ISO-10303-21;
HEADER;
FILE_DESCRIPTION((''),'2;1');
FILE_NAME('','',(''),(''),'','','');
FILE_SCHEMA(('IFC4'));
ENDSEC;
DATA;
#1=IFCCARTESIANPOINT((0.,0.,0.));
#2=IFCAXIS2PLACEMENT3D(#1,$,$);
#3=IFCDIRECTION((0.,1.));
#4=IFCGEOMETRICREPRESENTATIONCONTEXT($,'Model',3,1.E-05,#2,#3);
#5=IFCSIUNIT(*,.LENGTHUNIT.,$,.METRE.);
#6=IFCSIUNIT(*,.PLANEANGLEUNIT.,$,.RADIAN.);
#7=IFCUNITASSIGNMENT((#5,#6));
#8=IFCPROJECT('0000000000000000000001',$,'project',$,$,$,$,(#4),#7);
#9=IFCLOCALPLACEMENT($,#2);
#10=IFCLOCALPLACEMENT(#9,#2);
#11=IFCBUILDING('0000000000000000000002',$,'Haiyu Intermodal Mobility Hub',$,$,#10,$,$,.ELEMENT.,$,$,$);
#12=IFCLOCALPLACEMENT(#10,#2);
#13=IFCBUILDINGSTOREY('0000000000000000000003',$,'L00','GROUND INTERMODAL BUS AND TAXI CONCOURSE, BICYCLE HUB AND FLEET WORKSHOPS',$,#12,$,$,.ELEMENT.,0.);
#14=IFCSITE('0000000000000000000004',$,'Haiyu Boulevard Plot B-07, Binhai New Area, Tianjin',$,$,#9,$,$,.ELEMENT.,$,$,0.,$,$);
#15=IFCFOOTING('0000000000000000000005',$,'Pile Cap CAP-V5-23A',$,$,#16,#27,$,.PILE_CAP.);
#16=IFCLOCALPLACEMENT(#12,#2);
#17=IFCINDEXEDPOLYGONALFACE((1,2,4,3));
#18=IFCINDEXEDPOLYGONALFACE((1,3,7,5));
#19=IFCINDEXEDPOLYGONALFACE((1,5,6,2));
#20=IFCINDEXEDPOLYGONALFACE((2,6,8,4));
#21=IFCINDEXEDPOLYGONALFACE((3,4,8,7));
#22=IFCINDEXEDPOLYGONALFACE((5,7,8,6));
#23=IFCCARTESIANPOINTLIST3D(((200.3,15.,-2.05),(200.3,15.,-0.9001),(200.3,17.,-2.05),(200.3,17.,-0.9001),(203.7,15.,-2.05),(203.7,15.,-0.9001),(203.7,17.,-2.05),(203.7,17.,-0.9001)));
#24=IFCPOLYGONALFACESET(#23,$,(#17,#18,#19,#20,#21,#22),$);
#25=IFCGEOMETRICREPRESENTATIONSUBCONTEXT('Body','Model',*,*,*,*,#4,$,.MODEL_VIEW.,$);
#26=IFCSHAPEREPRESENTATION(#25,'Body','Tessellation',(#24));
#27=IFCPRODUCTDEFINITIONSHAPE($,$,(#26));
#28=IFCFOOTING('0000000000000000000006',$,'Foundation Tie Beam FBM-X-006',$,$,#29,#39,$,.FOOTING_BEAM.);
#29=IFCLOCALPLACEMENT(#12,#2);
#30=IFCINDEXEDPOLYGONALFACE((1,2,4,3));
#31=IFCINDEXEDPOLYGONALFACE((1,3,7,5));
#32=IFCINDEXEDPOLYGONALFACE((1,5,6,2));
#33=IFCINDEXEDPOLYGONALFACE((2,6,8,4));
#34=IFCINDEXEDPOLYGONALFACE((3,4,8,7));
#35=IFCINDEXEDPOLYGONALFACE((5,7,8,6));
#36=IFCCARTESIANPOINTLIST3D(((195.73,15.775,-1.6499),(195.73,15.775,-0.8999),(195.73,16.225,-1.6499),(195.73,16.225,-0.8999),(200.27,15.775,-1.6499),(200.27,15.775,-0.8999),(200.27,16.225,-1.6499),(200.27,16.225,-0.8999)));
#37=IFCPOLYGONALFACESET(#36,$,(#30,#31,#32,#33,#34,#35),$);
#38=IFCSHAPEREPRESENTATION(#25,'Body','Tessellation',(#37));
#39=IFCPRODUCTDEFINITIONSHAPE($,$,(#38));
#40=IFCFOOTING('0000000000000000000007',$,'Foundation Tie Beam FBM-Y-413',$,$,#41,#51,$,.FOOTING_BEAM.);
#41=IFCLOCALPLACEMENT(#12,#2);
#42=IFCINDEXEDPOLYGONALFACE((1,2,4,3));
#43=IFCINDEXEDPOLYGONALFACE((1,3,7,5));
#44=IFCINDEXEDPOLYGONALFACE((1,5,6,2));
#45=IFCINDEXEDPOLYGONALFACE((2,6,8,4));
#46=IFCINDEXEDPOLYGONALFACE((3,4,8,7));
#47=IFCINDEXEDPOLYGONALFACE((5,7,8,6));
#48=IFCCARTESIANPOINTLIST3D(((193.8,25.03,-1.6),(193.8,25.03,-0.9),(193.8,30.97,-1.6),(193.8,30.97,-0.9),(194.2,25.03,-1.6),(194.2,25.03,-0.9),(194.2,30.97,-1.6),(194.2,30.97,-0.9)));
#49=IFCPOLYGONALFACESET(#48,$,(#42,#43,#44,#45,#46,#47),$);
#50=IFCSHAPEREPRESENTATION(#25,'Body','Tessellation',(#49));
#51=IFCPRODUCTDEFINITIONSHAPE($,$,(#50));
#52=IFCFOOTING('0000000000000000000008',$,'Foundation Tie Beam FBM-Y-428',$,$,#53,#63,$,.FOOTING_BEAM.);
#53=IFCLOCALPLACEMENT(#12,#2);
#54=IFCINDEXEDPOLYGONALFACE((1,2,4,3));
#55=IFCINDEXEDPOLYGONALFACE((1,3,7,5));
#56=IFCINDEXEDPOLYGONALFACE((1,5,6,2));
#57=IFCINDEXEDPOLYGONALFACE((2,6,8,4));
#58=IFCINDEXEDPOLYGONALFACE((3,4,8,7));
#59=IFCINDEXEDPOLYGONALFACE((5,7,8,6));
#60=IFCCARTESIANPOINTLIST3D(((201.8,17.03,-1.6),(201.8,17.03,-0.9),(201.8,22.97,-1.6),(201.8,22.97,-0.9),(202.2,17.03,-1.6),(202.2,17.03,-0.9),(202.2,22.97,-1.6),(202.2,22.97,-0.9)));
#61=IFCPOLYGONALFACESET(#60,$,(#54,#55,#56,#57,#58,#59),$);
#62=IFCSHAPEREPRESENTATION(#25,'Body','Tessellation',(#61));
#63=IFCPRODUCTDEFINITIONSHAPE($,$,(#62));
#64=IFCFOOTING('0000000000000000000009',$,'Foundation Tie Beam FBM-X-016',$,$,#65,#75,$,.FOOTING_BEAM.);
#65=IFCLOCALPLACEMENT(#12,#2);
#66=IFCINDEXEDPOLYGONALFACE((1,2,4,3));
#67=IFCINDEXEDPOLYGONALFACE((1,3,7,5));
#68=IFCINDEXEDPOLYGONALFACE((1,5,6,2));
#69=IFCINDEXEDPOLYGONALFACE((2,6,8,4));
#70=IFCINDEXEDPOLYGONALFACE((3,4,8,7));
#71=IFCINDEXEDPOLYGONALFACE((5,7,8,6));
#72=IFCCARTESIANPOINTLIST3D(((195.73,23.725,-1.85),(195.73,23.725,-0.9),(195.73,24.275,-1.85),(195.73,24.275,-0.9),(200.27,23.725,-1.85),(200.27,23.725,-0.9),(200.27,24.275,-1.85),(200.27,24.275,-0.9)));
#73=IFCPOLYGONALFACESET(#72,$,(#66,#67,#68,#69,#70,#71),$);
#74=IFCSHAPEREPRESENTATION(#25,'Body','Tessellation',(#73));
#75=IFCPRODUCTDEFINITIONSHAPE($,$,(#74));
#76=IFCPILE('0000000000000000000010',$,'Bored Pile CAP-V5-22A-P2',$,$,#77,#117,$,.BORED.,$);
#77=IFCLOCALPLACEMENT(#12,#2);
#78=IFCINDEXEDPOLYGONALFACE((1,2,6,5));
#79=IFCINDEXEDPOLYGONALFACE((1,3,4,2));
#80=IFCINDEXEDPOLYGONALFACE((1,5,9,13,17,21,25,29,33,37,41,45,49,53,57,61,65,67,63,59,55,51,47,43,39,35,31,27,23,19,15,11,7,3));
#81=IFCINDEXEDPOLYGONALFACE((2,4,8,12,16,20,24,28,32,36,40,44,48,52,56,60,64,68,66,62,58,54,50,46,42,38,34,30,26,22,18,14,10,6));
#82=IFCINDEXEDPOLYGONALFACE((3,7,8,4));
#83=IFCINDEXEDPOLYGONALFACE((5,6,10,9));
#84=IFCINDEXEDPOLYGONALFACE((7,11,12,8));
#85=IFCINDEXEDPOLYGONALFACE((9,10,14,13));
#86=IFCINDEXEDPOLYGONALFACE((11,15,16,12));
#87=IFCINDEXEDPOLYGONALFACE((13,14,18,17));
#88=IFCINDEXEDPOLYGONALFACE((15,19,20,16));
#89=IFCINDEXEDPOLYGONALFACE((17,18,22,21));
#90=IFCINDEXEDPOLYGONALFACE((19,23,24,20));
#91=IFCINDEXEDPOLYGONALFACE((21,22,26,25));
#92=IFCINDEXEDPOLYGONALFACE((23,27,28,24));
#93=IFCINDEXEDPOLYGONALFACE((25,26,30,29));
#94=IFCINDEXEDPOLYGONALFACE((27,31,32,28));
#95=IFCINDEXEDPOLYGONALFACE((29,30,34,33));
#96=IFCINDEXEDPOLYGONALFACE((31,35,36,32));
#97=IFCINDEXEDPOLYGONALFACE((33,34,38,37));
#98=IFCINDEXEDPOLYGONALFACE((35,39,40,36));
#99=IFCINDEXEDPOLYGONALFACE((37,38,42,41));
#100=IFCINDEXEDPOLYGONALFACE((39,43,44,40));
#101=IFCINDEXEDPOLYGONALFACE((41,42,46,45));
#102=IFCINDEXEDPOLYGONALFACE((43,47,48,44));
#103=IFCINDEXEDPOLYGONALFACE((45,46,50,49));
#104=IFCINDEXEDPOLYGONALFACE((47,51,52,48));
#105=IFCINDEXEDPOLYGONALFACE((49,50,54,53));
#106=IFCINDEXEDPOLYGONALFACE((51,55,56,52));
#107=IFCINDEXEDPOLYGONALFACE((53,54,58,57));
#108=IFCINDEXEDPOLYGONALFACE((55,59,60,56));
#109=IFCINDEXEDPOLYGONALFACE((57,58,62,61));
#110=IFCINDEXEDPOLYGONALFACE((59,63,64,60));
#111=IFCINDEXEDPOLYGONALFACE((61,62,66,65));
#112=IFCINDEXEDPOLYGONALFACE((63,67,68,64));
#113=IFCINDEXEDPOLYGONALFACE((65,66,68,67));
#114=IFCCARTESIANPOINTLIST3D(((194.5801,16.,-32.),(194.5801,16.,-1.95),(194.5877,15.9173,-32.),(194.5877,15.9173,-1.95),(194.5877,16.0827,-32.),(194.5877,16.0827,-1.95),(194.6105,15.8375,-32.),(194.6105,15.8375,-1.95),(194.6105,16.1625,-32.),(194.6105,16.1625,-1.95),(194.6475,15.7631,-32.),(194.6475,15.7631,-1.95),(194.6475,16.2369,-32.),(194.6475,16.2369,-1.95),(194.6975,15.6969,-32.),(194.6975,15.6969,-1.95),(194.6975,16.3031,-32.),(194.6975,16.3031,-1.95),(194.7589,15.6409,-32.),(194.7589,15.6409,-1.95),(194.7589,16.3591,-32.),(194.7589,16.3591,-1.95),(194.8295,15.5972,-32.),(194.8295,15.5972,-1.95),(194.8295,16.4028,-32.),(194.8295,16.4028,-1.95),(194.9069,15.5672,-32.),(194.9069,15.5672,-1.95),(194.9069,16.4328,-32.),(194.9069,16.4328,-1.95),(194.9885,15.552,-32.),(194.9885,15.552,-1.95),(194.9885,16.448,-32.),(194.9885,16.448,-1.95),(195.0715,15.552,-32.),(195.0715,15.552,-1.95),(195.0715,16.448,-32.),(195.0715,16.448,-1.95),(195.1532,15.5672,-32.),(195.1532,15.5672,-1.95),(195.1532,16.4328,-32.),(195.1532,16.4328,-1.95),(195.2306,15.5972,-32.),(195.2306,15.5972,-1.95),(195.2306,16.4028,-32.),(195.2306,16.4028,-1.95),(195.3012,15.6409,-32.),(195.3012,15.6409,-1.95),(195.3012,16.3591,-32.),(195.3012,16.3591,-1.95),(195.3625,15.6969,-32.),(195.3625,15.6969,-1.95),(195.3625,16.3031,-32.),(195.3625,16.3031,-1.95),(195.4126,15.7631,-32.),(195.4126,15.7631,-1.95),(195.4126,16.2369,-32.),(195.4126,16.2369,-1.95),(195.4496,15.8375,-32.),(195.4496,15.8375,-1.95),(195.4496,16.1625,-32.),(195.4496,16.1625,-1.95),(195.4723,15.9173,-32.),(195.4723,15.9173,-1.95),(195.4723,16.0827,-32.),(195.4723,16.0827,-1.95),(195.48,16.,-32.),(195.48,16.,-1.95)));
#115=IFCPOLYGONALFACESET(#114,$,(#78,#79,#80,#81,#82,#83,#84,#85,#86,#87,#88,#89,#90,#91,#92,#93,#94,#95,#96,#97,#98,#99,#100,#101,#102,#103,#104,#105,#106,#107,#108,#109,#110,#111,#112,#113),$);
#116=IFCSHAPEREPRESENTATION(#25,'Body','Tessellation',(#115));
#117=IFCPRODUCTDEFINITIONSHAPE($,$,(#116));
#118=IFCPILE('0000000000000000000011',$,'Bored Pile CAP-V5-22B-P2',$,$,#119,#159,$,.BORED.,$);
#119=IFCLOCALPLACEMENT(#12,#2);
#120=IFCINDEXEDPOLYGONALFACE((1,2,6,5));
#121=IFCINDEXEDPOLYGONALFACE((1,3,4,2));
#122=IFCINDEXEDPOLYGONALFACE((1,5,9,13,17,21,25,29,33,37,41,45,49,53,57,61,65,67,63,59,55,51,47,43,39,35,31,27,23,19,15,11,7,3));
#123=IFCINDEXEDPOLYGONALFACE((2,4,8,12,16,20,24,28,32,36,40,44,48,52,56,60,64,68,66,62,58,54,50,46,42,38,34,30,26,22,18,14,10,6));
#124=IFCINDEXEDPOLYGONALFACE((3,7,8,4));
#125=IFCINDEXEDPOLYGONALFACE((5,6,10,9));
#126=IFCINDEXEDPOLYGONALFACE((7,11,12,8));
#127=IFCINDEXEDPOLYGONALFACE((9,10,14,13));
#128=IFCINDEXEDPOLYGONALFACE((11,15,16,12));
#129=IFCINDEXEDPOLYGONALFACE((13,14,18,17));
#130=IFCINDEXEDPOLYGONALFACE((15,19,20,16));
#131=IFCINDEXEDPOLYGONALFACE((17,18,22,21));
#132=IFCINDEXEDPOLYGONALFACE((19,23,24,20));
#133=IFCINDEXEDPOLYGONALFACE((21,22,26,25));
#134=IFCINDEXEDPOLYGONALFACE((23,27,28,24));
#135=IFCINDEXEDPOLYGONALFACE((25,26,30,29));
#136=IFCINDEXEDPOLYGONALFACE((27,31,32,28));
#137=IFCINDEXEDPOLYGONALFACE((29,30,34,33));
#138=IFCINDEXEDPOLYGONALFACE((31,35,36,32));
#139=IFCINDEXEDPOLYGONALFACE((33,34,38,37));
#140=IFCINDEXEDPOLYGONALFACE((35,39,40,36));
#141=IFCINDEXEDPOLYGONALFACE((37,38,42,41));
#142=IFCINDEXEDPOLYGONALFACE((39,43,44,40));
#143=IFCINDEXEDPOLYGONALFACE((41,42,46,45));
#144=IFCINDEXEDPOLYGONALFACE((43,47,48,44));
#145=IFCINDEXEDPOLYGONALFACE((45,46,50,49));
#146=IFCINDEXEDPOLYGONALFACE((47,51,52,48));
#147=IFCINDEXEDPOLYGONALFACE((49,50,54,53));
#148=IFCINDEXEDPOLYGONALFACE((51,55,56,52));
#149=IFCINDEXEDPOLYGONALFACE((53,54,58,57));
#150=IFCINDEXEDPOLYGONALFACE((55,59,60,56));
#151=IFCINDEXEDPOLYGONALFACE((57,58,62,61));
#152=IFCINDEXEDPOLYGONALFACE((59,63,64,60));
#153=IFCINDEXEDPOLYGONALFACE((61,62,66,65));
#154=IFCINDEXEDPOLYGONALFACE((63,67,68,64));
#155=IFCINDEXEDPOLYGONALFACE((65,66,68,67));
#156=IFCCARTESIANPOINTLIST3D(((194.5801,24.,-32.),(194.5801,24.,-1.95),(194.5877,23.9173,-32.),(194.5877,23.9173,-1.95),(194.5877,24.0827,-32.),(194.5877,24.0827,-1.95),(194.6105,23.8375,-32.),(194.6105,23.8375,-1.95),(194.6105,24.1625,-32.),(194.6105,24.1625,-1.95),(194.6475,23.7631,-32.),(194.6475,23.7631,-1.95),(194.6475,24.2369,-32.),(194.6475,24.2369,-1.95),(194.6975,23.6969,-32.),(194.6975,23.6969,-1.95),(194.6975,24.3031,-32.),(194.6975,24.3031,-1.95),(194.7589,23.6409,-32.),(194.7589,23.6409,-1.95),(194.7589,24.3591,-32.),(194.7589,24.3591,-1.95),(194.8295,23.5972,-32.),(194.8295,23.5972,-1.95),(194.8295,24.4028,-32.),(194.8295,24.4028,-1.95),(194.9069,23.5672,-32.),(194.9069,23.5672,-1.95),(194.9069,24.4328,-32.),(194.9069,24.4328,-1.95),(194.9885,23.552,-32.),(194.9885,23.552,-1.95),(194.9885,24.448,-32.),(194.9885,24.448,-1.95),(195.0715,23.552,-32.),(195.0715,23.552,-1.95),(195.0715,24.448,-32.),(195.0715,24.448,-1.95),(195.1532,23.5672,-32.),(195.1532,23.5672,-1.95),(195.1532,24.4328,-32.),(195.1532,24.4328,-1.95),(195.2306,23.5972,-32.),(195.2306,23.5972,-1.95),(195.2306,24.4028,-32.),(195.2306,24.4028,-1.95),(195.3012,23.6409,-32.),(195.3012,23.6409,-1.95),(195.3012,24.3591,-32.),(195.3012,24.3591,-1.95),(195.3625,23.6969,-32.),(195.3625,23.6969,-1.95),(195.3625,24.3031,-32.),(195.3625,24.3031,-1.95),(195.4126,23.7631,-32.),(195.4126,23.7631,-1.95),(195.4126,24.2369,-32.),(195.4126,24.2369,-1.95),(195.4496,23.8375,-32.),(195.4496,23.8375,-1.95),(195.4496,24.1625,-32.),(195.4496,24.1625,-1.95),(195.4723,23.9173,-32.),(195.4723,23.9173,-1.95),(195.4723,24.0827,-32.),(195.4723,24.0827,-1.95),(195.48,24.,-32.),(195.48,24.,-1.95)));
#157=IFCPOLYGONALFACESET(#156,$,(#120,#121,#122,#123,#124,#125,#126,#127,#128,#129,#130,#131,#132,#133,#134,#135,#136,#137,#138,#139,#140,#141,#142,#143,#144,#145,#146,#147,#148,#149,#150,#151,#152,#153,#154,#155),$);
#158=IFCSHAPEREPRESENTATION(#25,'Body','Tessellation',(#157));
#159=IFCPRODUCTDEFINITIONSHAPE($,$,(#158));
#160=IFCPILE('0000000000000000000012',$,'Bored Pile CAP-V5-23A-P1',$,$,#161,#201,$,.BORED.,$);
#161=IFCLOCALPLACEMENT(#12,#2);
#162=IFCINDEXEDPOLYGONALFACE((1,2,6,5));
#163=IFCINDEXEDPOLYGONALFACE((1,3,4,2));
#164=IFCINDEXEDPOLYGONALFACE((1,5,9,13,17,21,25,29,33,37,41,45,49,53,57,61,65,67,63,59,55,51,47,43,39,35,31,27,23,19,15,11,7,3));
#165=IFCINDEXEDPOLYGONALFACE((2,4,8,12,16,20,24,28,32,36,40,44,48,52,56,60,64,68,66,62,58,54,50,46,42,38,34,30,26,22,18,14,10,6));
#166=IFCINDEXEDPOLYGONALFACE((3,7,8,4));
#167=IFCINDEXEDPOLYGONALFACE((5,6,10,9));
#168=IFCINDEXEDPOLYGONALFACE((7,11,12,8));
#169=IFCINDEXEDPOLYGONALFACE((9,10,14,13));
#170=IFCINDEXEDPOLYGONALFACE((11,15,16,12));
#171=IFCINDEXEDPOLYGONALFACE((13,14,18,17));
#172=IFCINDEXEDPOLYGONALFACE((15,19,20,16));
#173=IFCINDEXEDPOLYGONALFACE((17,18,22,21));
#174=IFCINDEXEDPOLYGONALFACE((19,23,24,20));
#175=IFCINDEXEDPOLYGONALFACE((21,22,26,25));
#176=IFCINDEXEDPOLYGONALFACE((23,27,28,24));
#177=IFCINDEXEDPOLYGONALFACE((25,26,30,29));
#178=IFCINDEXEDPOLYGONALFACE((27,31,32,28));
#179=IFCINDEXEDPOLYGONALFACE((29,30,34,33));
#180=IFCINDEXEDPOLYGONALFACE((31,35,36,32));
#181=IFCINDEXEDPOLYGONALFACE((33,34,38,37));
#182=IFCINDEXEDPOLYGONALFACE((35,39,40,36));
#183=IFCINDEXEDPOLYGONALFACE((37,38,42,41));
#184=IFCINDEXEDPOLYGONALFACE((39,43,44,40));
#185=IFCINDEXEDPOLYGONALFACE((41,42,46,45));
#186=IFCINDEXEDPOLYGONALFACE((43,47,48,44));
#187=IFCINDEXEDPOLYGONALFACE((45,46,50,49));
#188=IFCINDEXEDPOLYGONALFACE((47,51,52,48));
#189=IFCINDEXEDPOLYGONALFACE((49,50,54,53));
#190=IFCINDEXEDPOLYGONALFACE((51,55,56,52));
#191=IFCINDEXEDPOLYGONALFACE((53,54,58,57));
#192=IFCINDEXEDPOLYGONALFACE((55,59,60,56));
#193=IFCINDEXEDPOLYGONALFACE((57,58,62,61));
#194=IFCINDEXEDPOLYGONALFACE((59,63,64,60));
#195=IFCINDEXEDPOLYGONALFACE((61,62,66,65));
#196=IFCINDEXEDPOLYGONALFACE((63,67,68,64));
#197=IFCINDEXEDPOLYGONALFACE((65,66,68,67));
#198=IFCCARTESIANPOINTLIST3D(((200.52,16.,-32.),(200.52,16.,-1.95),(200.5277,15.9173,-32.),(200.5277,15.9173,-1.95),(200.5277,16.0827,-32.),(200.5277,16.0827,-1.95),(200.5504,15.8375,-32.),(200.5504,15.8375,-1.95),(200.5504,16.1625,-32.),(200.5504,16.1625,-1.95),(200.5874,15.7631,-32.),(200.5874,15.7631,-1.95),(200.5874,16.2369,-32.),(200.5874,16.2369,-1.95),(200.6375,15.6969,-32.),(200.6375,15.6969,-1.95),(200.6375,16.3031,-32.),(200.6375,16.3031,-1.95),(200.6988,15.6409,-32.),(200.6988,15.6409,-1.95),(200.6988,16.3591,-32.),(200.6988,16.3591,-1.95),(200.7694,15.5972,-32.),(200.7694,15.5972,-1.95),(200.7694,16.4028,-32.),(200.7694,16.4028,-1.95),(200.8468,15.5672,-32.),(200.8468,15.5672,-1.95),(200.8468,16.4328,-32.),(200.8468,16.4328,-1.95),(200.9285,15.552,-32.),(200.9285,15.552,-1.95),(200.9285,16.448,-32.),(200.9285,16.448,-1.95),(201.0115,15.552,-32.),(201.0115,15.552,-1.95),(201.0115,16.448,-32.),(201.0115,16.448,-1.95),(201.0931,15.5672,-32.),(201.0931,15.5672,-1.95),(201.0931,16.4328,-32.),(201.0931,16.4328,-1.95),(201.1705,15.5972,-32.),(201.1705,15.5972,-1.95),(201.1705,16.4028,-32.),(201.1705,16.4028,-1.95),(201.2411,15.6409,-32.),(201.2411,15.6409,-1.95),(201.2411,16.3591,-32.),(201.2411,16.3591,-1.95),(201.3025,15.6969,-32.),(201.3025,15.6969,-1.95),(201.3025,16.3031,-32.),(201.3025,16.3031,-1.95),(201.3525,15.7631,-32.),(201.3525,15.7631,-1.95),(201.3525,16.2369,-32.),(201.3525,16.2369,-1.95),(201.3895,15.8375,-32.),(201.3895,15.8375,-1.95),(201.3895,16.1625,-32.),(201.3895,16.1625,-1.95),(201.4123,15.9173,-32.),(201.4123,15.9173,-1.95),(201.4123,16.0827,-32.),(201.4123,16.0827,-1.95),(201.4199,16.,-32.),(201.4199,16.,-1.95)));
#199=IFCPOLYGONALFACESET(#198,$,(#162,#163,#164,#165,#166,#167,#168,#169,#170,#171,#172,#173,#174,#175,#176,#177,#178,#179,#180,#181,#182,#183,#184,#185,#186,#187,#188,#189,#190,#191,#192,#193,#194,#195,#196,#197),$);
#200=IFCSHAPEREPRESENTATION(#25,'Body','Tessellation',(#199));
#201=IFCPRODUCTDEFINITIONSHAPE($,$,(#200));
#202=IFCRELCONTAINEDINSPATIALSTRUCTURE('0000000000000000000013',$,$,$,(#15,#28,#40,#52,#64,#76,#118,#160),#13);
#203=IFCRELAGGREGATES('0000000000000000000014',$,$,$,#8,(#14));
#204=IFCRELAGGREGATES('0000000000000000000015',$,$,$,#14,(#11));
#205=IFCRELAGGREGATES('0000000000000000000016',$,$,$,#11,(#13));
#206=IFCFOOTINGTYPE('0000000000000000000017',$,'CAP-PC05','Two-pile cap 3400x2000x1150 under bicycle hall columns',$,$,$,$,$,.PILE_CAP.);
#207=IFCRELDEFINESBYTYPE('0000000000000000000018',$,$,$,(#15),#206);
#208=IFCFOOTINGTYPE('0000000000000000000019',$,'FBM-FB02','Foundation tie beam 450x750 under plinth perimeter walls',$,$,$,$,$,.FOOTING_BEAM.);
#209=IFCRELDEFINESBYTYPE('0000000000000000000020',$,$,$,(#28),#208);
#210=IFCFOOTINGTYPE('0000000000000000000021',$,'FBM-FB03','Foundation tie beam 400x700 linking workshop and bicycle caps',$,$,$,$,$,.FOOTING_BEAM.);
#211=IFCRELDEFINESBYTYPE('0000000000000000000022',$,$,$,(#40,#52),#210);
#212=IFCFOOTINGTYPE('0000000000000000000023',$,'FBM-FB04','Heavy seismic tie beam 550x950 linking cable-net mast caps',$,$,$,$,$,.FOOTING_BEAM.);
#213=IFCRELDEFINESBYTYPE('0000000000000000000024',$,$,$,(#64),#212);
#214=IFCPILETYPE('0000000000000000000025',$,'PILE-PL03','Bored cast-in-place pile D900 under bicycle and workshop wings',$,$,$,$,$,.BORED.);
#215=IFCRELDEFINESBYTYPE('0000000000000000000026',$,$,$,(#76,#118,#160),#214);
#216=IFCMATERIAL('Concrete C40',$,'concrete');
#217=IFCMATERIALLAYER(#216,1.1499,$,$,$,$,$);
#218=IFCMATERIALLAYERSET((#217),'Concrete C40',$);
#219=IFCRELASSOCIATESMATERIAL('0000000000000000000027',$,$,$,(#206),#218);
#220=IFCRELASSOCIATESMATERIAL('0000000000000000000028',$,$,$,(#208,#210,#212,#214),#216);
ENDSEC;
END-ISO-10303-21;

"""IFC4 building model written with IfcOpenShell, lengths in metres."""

from ifc_helpers import new_model, si_unit, direction, frame, origin, origin_2d, place, context, subcontext, project, spatial, rectangle, circle, extrude, material, layer, layer_set, material_profile, profile_set, type_object, element, save


model = new_model("IFC4")

# Units and contexts
model_context = context("Model", 3, precision=1e-05, world=origin(), true_north=direction((0.0, 1.0)))
body_context = subcontext(model_context, "Body", "Model", "MODEL_VIEW")
ifc_project = project(units=[si_unit("LENGTHUNIT", "METRE"), si_unit("PLANEANGLEUNIT", "RADIAN")], contexts=[model_context])

# Site, building, storey
site_placement = place(None, origin())
site = spatial("IfcSite", under=ifc_project, at=site_placement, Name="Haiyu Boulevard Plot B-07, Binhai New Area, Tianjin", CompositionType="ELEMENT", RefElevation=0.0)
building_placement = place(site_placement, origin())
building = spatial("IfcBuilding", under=site, at=building_placement, Name="Haiyu Intermodal Mobility Hub", CompositionType="ELEMENT")
storey_placement = place(building_placement, origin())
storey = spatial("IfcBuildingStorey", under=building, at=storey_placement, Name="L00", Description="GROUND INTERMODAL BUS AND TAXI CONCOURSE, BICYCLE HUB AND FLEET WORKSHOPS", CompositionType="ELEMENT", Elevation=0.0)

# Footings
ifc_material_1 = material(Name="Concrete C40", Category="concrete")
ifc_layer_1 = layer(ifc_material_1, 1.1499)
ifc_layer_set_1 = layer_set([ifc_layer_1], Name="Concrete C40")
footing_type_1 = type_object("IfcFootingType", Name="CAP-PC05", Description="Two-pile cap 3400x2000x1150 under bicycle hall columns", PredefinedType="PILE_CAP", material=ifc_layer_set_1)
footing_1_placement = place(storey_placement, frame((202.0, 16.0, -2.05), z_axis=(0.0, 0.0, 1.0), x_axis=(1.0, 0.0, 0.0)))
element("IfcFooting", 1, at=footing_1_placement, inside=storey, type_object=footing_type_1, Name="Pile Cap CAP-V5-23A", PredefinedType="PILE_CAP", context=body_context, shape_type="SweptSolid", body=[
    extrude(rectangle(XDim=3.3999, YDim=2.0, at=origin_2d()), origin(), (0.0, 0.0, 1.0), 1.1499),
])
ifc_material_profile_1 = material_profile(ifc_material_1, rectangle(XDim=0.45, YDim=0.75, at=origin_2d()), Name="FB450x750")
ifc_profile_set_1 = profile_set([ifc_material_profile_1], Name="Concrete C40")
footing_type_2 = type_object("IfcFootingType", Name="FBM-FB02", Description="Foundation tie beam 450x750 under plinth perimeter walls", PredefinedType="FOOTING_BEAM", material=ifc_profile_set_1)
footing_2_placement = place(storey_placement, frame((195.73, 16.0, -1.2749), z_axis=(1.0, 0.0, 0.0), x_axis=(0.0, 1.0, 0.0)))
element("IfcFooting", 2, at=footing_2_placement, inside=storey, type_object=footing_type_2, Name="Foundation Tie Beam FBM-X-006", PredefinedType="FOOTING_BEAM", context=body_context, shape_type="SweptSolid", body=[
    extrude(rectangle(XDim=0.45, YDim=0.75, at=origin_2d()), origin(), (0.0, 0.0, 1.0), 4.54),
])
ifc_material_profile_2 = material_profile(ifc_material_1, rectangle(XDim=0.3999, YDim=0.7, at=origin_2d()), Name="FB400x700")
ifc_profile_set_2 = profile_set([ifc_material_profile_2], Name="Concrete C40")
footing_type_3 = type_object("IfcFootingType", Name="FBM-FB03", Description="Foundation tie beam 400x700 linking workshop and bicycle caps", PredefinedType="FOOTING_BEAM", material=ifc_profile_set_2)
for number, where, z_axis, x_axis, name in (
    (3, (194.0, 25.03, -1.25), (0.0, 1.0, 0.0), (-1.0, 0.0, 0.0), "Foundation Tie Beam FBM-Y-413"),
    (4, (202.0, 17.03, -1.25), (0.0, 1.0, 0.0), (-1.0, 0.0, 0.0), "Foundation Tie Beam FBM-Y-428"),
):
    element("IfcFooting", number, at=place(storey_placement, frame(where, z_axis=z_axis, x_axis=x_axis)), inside=storey, type_object=footing_type_3, Name=name, PredefinedType="FOOTING_BEAM", context=body_context, shape_type="SweptSolid", body=[
        extrude(rectangle(XDim=0.3999, YDim=0.7, at=origin_2d()), origin(), (0.0, 0.0, 1.0), 5.9399),
    ])
ifc_material_profile_3 = material_profile(ifc_material_1, rectangle(XDim=0.55, YDim=0.95, at=origin_2d()), Name="FB550x950")
ifc_profile_set_3 = profile_set([ifc_material_profile_3], Name="Concrete C40")
footing_type_4 = type_object("IfcFootingType", Name="FBM-FB04", Description="Heavy seismic tie beam 550x950 linking cable-net mast caps", PredefinedType="FOOTING_BEAM", material=ifc_profile_set_3)
footing_3_placement = place(storey_placement, frame((195.73, 24.0, -1.375), z_axis=(1.0, 0.0, 0.0), x_axis=(0.0, 1.0, 0.0)))
element("IfcFooting", 5, at=footing_3_placement, inside=storey, type_object=footing_type_4, Name="Foundation Tie Beam FBM-X-016", PredefinedType="FOOTING_BEAM", context=body_context, shape_type="SweptSolid", body=[
    extrude(rectangle(XDim=0.55, YDim=0.95, at=origin_2d()), origin(), (0.0, 0.0, 1.0), 4.54),
])

# Piles
ifc_material_profile_4 = material_profile(ifc_material_1, circle(Radius=0.45, at=origin_2d()), Name="PILE-D900")
ifc_profile_set_4 = profile_set([ifc_material_profile_4], Name="Concrete C40")
pile_type = type_object("IfcPileType", Name="PILE-PL03", Description="Bored cast-in-place pile D900 under bicycle and workshop wings", PredefinedType="BORED", material=ifc_profile_set_4)
for number, where, z_axis, x_axis, name in (
    (6, (195.03, 16.0, -1.95), (0.0, 0.0, -1.0), (1.0, 0.0, 0.0), "Bored Pile CAP-V5-22A-P2"),
    (7, (195.03, 24.0, -1.95), (0.0, 0.0, -1.0), (1.0, 0.0, 0.0), "Bored Pile CAP-V5-22B-P2"),
    (8, (200.97, 16.0, -1.95), (0.0, 0.0, -1.0), (1.0, 0.0, 0.0), "Bored Pile CAP-V5-23A-P1"),
):
    element("IfcPile", number, at=place(storey_placement, frame(where, z_axis=z_axis, x_axis=x_axis)), inside=storey, type_object=pile_type, Name=name, PredefinedType="BORED", context=body_context, shape_type="SweptSolid", body=[
        extrude(circle(Radius=0.45, at=origin_2d()), origin(), (0.0, 0.0, 1.0), 30.05),
    ])

save(model, "model.ifc")
